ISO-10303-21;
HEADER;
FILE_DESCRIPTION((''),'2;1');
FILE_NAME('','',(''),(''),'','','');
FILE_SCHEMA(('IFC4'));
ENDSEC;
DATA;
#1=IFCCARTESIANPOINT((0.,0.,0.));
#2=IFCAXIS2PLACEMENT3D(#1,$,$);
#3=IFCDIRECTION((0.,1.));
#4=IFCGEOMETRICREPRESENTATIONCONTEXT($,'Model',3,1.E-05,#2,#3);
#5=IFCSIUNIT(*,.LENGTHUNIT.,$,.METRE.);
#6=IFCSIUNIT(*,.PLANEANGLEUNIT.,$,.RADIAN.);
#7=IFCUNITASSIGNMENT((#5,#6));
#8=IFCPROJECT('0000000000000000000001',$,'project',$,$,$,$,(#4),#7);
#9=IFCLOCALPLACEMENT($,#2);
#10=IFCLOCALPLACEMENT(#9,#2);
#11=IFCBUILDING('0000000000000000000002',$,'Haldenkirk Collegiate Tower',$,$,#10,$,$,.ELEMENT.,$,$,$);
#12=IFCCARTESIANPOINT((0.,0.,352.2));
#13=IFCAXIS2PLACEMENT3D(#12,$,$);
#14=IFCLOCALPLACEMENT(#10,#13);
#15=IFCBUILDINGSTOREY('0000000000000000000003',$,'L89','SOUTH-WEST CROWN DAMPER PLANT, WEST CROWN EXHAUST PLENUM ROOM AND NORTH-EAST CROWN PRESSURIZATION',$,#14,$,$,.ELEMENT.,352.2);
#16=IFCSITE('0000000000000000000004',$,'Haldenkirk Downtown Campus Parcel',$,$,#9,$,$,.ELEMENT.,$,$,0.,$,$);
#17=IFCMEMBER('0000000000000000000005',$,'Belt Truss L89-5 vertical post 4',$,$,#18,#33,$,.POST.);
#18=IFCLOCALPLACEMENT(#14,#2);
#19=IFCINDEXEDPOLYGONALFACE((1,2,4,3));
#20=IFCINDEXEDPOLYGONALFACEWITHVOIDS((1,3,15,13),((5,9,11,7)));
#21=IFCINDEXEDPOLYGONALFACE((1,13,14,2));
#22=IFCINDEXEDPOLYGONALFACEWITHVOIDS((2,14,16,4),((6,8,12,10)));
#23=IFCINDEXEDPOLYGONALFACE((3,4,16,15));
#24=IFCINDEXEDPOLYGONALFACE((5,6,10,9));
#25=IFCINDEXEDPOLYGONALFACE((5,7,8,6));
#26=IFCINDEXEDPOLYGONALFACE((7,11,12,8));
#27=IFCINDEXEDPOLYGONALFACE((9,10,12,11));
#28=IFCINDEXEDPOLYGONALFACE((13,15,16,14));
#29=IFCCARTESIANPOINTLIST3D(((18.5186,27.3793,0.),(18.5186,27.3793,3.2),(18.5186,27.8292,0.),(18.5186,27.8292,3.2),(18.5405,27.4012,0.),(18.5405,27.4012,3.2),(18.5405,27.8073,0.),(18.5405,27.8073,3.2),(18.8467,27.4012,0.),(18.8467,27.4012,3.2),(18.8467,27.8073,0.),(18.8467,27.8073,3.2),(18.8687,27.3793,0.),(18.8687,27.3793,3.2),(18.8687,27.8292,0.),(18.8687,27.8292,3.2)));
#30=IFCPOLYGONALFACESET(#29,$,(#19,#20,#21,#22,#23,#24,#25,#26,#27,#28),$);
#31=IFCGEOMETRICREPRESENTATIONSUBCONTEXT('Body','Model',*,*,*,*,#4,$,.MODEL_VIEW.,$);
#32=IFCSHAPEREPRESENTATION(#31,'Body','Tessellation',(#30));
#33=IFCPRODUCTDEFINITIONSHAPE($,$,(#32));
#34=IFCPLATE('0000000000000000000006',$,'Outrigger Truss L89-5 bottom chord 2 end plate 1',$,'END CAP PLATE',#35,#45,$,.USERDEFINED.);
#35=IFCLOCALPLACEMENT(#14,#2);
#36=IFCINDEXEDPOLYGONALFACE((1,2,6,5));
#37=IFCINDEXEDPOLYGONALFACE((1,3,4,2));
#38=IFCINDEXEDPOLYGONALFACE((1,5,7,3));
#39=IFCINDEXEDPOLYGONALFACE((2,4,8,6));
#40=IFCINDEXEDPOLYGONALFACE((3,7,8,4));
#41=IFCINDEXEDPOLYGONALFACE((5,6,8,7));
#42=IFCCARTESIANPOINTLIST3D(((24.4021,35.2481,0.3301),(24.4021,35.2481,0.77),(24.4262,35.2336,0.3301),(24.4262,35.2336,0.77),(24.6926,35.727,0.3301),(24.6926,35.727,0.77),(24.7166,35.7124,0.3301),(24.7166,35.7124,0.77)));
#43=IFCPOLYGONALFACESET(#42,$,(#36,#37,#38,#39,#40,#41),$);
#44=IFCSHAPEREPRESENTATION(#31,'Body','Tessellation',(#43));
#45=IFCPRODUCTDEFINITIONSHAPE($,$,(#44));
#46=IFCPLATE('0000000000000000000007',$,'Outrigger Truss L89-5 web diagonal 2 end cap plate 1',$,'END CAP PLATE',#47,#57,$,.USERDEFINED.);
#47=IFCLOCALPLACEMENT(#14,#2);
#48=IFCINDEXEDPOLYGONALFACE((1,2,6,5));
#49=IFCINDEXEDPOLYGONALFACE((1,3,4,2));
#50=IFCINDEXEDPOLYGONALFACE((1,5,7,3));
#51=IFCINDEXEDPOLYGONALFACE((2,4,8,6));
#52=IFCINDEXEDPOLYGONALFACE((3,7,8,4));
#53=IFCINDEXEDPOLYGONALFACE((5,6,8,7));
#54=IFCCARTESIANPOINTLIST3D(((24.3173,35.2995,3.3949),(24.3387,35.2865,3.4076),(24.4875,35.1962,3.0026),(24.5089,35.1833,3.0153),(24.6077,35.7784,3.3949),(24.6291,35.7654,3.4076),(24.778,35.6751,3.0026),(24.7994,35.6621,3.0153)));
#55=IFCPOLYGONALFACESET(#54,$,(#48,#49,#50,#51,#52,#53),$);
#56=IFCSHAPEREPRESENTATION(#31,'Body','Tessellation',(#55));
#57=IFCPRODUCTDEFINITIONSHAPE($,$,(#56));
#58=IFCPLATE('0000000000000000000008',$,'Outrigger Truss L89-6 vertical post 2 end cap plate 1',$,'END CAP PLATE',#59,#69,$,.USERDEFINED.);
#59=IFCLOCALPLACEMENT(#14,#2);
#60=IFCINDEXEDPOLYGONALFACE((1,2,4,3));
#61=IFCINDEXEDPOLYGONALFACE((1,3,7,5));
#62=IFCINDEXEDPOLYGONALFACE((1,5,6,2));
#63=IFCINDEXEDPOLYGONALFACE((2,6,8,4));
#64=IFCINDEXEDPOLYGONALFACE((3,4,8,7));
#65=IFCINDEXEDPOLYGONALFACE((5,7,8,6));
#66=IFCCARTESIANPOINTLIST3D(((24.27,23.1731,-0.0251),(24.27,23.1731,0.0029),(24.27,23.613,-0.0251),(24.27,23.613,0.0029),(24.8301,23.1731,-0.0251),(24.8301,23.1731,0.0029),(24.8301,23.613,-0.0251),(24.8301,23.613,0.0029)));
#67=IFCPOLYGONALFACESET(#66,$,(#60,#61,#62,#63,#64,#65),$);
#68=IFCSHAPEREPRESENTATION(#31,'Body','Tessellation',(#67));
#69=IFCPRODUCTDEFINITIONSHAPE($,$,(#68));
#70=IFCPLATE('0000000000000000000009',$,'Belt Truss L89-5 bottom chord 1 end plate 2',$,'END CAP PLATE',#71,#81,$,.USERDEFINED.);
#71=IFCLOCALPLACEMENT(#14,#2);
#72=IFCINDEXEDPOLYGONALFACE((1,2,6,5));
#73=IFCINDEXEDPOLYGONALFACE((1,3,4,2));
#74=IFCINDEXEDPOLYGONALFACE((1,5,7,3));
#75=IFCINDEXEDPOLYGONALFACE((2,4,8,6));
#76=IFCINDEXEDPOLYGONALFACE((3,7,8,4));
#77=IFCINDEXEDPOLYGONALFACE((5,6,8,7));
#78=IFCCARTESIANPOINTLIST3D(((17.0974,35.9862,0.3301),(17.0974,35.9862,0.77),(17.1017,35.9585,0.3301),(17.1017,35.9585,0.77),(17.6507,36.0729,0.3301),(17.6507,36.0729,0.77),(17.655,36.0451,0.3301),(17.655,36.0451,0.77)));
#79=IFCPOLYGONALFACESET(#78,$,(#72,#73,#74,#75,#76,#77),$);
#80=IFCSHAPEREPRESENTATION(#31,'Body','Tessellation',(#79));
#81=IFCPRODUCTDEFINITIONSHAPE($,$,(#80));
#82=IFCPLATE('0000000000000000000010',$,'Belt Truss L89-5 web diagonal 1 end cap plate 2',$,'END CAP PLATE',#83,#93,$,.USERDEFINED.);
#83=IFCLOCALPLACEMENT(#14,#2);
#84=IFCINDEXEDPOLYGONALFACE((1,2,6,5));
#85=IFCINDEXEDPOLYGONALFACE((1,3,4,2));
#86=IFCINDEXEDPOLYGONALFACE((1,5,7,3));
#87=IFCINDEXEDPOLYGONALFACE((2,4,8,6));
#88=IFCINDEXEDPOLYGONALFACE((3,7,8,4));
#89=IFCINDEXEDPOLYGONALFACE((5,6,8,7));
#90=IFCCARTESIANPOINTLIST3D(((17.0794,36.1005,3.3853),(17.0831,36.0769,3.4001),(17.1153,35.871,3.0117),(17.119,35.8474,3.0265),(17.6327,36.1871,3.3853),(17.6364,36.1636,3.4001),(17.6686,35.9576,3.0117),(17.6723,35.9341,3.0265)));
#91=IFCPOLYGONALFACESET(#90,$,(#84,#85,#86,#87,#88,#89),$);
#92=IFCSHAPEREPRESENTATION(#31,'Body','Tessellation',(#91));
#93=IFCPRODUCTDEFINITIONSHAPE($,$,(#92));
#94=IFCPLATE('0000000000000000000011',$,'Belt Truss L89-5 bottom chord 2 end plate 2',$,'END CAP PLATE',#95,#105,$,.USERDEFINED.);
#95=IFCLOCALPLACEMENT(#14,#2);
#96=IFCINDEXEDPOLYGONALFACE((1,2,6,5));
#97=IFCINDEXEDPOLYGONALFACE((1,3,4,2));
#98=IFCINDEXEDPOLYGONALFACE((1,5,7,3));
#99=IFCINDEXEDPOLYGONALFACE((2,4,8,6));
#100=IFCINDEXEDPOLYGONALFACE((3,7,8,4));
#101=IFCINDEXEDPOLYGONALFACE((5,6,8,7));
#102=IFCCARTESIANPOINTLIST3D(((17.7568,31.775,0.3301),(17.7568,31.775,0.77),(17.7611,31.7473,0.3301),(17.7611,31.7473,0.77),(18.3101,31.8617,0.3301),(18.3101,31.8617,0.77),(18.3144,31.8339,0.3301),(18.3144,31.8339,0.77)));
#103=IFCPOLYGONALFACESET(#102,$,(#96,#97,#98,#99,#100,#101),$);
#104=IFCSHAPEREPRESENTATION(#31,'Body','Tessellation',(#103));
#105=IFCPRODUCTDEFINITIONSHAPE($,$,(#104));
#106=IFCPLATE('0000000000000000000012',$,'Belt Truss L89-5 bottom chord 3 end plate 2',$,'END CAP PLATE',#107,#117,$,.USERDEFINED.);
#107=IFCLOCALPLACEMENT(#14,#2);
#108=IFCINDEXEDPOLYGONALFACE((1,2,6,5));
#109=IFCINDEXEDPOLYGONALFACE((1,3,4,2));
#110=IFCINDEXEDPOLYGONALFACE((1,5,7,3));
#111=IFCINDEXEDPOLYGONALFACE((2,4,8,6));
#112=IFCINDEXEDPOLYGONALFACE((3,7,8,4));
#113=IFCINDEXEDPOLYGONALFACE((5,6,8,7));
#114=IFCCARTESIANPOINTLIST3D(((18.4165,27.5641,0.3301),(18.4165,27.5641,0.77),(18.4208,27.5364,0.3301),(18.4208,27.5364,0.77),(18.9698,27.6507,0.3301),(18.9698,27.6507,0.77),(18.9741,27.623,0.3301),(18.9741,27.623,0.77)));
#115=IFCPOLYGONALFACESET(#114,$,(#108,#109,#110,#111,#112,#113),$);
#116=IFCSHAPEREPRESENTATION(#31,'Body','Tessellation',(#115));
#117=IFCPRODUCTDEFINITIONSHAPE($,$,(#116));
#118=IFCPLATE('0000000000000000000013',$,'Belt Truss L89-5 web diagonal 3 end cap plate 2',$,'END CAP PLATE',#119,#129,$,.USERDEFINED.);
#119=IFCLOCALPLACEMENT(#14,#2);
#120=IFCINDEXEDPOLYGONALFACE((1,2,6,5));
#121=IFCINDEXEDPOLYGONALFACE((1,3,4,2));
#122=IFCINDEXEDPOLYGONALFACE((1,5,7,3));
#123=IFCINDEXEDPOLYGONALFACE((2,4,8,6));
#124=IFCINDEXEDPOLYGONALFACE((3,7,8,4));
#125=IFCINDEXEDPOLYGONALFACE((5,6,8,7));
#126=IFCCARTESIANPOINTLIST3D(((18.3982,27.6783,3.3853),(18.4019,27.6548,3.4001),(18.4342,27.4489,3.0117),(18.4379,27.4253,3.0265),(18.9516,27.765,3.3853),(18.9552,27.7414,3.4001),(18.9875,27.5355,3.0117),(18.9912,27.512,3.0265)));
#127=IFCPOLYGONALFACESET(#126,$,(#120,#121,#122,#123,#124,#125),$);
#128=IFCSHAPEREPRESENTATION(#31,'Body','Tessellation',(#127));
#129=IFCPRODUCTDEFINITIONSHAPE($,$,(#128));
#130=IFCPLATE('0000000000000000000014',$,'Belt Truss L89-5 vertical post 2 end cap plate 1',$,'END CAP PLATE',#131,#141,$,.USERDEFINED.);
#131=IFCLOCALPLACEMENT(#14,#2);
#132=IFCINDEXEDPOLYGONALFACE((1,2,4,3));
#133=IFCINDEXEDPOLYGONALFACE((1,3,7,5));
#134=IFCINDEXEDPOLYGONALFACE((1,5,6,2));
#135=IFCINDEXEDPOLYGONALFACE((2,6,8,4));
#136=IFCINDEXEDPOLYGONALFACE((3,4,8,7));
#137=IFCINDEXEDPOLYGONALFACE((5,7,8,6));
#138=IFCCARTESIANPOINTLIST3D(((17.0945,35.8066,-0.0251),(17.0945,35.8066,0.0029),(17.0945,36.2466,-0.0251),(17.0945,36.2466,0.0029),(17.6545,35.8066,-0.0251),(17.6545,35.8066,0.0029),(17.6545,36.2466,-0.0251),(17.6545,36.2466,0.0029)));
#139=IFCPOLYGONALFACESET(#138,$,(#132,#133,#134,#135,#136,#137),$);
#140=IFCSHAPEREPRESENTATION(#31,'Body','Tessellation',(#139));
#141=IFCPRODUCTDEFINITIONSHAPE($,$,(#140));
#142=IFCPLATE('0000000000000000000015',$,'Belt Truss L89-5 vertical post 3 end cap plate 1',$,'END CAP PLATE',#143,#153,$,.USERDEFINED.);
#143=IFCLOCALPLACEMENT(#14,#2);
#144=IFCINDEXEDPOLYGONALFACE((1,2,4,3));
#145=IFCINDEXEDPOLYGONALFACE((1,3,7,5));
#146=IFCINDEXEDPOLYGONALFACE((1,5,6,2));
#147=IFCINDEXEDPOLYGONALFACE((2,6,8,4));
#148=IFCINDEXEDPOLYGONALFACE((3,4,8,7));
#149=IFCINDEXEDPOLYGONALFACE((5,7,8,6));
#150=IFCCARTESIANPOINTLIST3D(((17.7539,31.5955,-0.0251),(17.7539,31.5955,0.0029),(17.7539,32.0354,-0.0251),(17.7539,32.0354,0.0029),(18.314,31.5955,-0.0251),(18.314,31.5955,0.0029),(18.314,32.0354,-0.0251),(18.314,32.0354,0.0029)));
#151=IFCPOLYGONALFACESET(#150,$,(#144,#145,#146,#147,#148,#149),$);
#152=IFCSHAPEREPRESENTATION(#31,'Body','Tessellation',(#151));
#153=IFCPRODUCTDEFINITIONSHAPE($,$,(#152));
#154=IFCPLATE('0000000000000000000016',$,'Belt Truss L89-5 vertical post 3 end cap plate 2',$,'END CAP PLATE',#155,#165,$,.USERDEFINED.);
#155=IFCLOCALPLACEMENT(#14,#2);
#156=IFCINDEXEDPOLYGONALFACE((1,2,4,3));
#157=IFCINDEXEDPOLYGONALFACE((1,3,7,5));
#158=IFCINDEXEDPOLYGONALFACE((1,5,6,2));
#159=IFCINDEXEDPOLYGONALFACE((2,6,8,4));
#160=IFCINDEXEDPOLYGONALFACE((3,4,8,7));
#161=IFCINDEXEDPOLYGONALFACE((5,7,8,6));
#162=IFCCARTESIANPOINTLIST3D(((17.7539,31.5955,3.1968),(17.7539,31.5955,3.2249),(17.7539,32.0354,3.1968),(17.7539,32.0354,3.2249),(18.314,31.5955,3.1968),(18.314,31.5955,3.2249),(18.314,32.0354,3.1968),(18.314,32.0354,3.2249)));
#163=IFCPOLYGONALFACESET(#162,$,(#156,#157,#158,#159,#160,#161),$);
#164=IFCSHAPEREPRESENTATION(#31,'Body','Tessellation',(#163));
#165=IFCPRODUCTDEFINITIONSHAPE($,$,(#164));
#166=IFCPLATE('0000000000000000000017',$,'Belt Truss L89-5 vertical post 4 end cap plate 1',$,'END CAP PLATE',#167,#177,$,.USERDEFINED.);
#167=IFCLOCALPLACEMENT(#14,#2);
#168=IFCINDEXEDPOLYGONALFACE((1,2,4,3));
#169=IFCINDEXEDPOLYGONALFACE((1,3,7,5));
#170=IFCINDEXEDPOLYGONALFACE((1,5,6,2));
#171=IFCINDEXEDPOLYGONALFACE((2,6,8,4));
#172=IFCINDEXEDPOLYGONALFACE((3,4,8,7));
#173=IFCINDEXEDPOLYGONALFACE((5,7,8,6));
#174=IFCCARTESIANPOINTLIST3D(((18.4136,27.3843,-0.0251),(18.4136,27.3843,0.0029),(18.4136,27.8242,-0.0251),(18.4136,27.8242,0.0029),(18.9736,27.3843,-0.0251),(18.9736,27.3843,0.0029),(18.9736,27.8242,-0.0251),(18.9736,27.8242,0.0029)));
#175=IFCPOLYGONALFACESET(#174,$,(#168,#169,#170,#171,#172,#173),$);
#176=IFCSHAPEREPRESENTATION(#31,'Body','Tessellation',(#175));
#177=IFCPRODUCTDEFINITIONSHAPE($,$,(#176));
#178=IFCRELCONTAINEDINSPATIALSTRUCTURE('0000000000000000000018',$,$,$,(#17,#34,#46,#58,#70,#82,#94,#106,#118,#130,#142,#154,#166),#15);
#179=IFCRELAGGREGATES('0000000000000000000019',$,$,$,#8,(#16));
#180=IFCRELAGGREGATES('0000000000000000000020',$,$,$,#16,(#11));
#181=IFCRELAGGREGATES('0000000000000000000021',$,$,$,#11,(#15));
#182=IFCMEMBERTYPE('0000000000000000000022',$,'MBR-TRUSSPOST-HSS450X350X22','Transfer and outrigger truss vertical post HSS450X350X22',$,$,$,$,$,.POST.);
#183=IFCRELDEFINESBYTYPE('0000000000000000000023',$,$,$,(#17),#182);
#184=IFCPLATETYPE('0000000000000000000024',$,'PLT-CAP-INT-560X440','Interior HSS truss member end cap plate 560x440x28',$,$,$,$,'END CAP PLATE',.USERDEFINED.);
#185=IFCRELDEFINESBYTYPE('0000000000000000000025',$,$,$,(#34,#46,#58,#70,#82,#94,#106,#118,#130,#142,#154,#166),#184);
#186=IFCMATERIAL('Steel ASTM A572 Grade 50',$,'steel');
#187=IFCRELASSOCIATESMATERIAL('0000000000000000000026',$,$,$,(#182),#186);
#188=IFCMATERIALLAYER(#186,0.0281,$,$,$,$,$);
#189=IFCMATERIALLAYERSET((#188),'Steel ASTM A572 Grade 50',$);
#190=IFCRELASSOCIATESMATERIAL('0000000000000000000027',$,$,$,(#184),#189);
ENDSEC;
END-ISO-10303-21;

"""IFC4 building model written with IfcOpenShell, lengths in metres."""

from ifc_helpers import new_model, si_unit, direction, frame, origin, origin_2d, place, context, subcontext, project, spatial, rectangle, hollow_rectangle, extrude, source, transform, mapped, material, layer, layer_set, material_profile, profile_set, type_object, element, save


model = new_model("IFC4")

# Units and contexts
model_context = context("Model", 3, precision=1e-05, world=origin(), true_north=direction((0.0, 1.0)))
body_context = subcontext(model_context, "Body", "Model", "MODEL_VIEW")
ifc_project = project(units=[si_unit("LENGTHUNIT", "METRE"), si_unit("PLANEANGLEUNIT", "RADIAN")], contexts=[model_context])

# Site, building, storey
site_placement = place(None, origin())
site = spatial("IfcSite", under=ifc_project, at=site_placement, Name="Haldenkirk Downtown Campus Parcel", CompositionType="ELEMENT", RefElevation=0.0)
building_placement = place(site_placement, origin())
building = spatial("IfcBuilding", under=site, at=building_placement, Name="Haldenkirk Collegiate Tower", CompositionType="ELEMENT")
storey_placement = place(building_placement, frame((0.0, 0.0, 352.2)))
storey = spatial("IfcBuildingStorey", under=building, at=storey_placement, Name="L89", Description="SOUTH-WEST CROWN DAMPER PLANT, WEST CROWN EXHAUST PLENUM ROOM AND NORTH-EAST CROWN PRESSURIZATION", CompositionType="ELEMENT", Elevation=352.2)

# Member
ifc_material_1 = material(Name="Steel ASTM A572 Grade 50", Category="steel")
ifc_material_profile_1 = material_profile(ifc_material_1, hollow_rectangle(XDim=0.3501, YDim=0.45, WallThickness=0.022, at=origin_2d()), Name="HSS450X350X22")
ifc_profile_set_1 = profile_set([ifc_material_profile_1], Name="Steel ASTM A572 Grade 50")
member_type_1 = type_object("IfcMemberType", Name="MBR-TRUSSPOST-HSS450X350X22", Description="Transfer and outrigger truss vertical post HSS450X350X22", PredefinedType="POST", material=ifc_profile_set_1)
for number, where, z_axis, x_axis, name in (
    (1, (18.6936, 27.6042, 0.0), (0.0, 0.0, 1.0), (1.0, 0.0, 0.0), "Belt Truss L89-5 vertical post 4"),
):
    element("IfcMember", number, at=place(storey_placement, frame(where, z_axis=z_axis, x_axis=x_axis)), inside=storey, type_object=member_type_1, Name=name, PredefinedType="POST", context=body_context, shape_type="SweptSolid", body=[
        extrude(hollow_rectangle(XDim=0.3501, YDim=0.45, WallThickness=0.022, at=origin_2d()), origin(), (0.0, 0.0, 1.0), 3.2),
    ])

# Plates
ifc_layer = layer(ifc_material_1, 0.0281)
ifc_layer_set = layer_set([ifc_layer], Name="Steel ASTM A572 Grade 50")
plate_type = type_object("IfcPlateType", Name="PLT-CAP-INT-560X440", Description="Interior HSS truss member end cap plate 560x440x28", ElementType="END CAP PLATE", PredefinedType="USERDEFINED", material=ifc_layer_set)
shared_shape = source(origin(), body_context, "Body", "SweptSolid", [
    extrude(rectangle(XDim=0.5601, YDim=0.4399, at=origin_2d()), origin(), (0.0, 0.0, 1.0), 0.0281),
])
for number, where, z_axis, x_axis, name in (
    (2, (24.5474, 35.4875, 0.55), (0.855031, -0.518578, 0.0), (0.518578, 0.855031, 0.0), "Outrigger Truss L89-5 bottom chord 2 end plate 1"),
    (3, (24.5476, 35.4873, 3.1987), (0.762422, -0.462414, 0.452643), (0.51858, 0.855029, 0.0), "Outrigger Truss L89-5 web diagonal 2 end cap plate 1"),
    (4, (24.55, 23.3931, 0.0029), (0.0, 0.0, -1.0), (1.0, 0.0, 0.0), "Outrigger Truss L89-6 vertical post 2 end cap plate 1"),
    (5, (17.374, 36.0295, 0.55), (0.15471, -0.98796, 0.0), (0.98796, 0.15471, 0.0), "Belt Truss L89-5 bottom chord 1 end plate 2"),
    (6, (17.374, 36.0291, 3.1985), (0.131378, -0.839032, 0.527982), (0.987962, 0.154698, 0.0), "Belt Truss L89-5 web diagonal 1 end cap plate 2"),
    (7, (18.0334, 31.8184, 0.55), (0.15471, -0.98796, 0.0), (0.98796, 0.15471, 0.0), "Belt Truss L89-5 bottom chord 2 end plate 2"),
    (8, (18.6931, 27.6074, 0.55), (0.15471, -0.98796, 0.0), (0.98796, 0.15471, 0.0), "Belt Truss L89-5 bottom chord 3 end plate 2"),
    (9, (18.6929, 27.6069, 3.1985), (0.1314, -0.839024, 0.527989), (0.987958, 0.154724, 0.0), "Belt Truss L89-5 web diagonal 3 end cap plate 2"),
    (10, (17.3745, 36.0266, 0.0029), (0.0, 0.0, -1.0), (1.0, 0.0, 0.0), "Belt Truss L89-5 vertical post 2 end cap plate 1"),
    (11, (18.0339, 31.8154, 0.0029), (0.0, 0.0, -1.0), (1.0, 0.0, 0.0), "Belt Truss L89-5 vertical post 3 end cap plate 1"),
    (12, (18.0339, 31.8154, 3.1968), (0.0, 0.0, 1.0), (1.0, 0.0, 0.0), "Belt Truss L89-5 vertical post 3 end cap plate 2"),
    (13, (18.6936, 27.6042, 0.0029), (0.0, 0.0, -1.0), (1.0, 0.0, 0.0), "Belt Truss L89-5 vertical post 4 end cap plate 1"),
):
    element("IfcPlate", number, at=place(storey_placement, frame(where, z_axis=z_axis, x_axis=x_axis)), inside=storey, type_object=plate_type, Name=name, ObjectType="END CAP PLATE", PredefinedType="USERDEFINED", context=body_context, shape_type="MappedRepresentation", body=[
        mapped(shared_shape, transform((0.0, 0.0, 0.0), x_axis=(1.0, 0.0, 0.0), y_axis=(0.0, 1.0, 0.0), z_axis=(0.0, 0.0, 1.0), scale=1.0)),
    ])

save(model, "model.ifc")
